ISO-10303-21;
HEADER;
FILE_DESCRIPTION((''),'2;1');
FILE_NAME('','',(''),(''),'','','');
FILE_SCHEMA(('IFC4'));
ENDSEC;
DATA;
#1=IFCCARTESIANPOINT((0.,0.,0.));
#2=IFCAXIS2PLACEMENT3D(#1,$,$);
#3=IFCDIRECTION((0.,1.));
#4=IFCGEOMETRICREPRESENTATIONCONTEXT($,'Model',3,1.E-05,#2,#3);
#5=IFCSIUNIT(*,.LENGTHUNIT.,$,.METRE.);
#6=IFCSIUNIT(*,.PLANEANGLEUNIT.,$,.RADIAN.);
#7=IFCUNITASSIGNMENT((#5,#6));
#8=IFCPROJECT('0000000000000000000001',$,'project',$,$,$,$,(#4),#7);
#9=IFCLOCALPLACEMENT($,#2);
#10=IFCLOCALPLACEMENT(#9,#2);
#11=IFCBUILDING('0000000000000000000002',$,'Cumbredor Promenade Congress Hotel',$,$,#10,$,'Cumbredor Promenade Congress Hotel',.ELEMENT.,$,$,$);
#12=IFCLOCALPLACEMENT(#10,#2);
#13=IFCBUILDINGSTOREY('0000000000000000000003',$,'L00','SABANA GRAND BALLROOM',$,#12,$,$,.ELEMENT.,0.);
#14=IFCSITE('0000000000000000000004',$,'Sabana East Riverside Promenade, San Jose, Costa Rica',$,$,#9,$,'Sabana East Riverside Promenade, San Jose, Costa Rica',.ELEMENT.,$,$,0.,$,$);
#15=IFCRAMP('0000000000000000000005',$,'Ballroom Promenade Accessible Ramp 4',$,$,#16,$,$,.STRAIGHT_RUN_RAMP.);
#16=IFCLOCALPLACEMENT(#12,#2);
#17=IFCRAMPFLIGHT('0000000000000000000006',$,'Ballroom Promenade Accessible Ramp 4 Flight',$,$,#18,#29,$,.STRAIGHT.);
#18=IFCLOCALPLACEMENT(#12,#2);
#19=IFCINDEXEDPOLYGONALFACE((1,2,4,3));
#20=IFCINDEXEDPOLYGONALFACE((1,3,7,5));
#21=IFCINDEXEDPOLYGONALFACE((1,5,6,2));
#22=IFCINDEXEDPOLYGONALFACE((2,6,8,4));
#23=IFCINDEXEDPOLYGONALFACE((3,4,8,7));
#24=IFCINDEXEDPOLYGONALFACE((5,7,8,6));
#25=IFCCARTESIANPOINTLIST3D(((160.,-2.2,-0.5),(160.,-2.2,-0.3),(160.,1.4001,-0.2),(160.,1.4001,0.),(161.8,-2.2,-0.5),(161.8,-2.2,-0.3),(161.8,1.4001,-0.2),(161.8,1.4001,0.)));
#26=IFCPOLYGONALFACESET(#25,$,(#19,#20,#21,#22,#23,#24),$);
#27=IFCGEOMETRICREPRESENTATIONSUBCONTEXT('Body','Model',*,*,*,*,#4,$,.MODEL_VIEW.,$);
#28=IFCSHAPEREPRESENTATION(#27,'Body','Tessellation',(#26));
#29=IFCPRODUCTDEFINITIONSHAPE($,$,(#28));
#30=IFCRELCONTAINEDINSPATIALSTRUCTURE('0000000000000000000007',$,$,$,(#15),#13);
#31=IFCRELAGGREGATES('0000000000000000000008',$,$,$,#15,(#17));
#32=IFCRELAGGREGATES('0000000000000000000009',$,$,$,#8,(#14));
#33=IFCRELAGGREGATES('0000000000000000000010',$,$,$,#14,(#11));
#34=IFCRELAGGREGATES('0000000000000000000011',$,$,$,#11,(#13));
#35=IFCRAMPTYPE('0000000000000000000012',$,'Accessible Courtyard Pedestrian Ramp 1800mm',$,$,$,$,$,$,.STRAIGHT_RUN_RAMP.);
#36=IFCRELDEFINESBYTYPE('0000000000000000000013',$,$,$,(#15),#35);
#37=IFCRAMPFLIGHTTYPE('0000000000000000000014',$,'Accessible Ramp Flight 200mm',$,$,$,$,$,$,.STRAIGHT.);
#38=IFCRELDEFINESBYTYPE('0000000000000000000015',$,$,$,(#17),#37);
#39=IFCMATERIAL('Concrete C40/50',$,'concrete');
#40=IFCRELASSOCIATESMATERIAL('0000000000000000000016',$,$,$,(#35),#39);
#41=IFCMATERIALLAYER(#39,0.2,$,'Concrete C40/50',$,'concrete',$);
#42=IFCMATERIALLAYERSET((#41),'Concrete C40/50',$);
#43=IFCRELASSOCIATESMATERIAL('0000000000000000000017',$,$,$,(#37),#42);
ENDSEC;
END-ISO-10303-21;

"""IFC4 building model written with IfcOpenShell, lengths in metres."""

from ifc_helpers import new_model, si_unit, direction, frame, origin, place, context, subcontext, project, spatial, polyline, outline, extrude, material, layer, layer_set, type_object, element, aggregate, save


model = new_model("IFC4")

# Units and contexts
model_context = context("Model", 3, precision=1e-05, world=origin(), true_north=direction((0.0, 1.0)))
body_context = subcontext(model_context, "Body", "Model", "MODEL_VIEW")
ifc_project = project(units=[si_unit("LENGTHUNIT", "METRE"), si_unit("PLANEANGLEUNIT", "RADIAN")], contexts=[model_context])

# Site, building, storey
site_placement = place(None, origin())
site = spatial("IfcSite", under=ifc_project, at=site_placement, Name="Sabana East Riverside Promenade, San Jose, Costa Rica", LongName="Sabana East Riverside Promenade, San Jose, Costa Rica", CompositionType="ELEMENT", RefElevation=0.0)
building_placement = place(site_placement, origin())
building = spatial("IfcBuilding", under=site, at=building_placement, Name="Cumbredor Promenade Congress Hotel", LongName="Cumbredor Promenade Congress Hotel", CompositionType="ELEMENT")
storey_placement = place(building_placement, origin())
storey = spatial("IfcBuildingStorey", under=building, at=storey_placement, Name="L00", Description="SABANA GRAND BALLROOM", CompositionType="ELEMENT", Elevation=0.0)

# Shared definitions
ifc_material_1 = material(Name="Concrete C40/50", Category="concrete")

# Ramp, ramp flight
ramp_type = type_object("IfcRampType", Name="Accessible Courtyard Pedestrian Ramp 1800mm", PredefinedType="STRAIGHT_RUN_RAMP", material=ifc_material_1)
ramp_placement = place(storey_placement, origin())
ramp = element("IfcRamp", 1, at=ramp_placement, inside=storey, type_object=ramp_type, Name="Ballroom Promenade Accessible Ramp 4", PredefinedType="STRAIGHT_RUN_RAMP")
ifc_layer_1 = layer(ifc_material_1, 0.2, Name="Concrete C40/50", Category="concrete")
ifc_layer_set_1 = layer_set([ifc_layer_1], Name="Concrete C40/50")
ramp_flight_type = type_object("IfcRampFlightType", Name="Accessible Ramp Flight 200mm", PredefinedType="STRAIGHT", material=ifc_layer_set_1)
ramp_flight_placement = place(storey_placement, frame((160.8999, -2.2, -0.3), z_axis=(0.0, 0.0, 1.0), x_axis=(0.0, 1.0, 0.0)))
ramp_flight = element("IfcRampFlight", 2, at=ramp_flight_placement, type_object=ramp_flight_type, Name="Ballroom Promenade Accessible Ramp 4 Flight", PredefinedType="STRAIGHT", context=body_context, shape_type="SweptSolid", body=[
    extrude(outline(polyline([(0.0, -0.2), (3.6001, 0.1001), (3.6001, 0.3), (0.0, 0.0), (0.0, -0.2)])), frame((0.0, 0.8999, 0.0), z_axis=(0.0, -1.0, 0.0), x_axis=(1.0, 0.0, 0.0)), (0.0, 0.0, 1.0), 1.8),
])
aggregate(ramp, [ramp_flight])

save(model, "model.ifc")
